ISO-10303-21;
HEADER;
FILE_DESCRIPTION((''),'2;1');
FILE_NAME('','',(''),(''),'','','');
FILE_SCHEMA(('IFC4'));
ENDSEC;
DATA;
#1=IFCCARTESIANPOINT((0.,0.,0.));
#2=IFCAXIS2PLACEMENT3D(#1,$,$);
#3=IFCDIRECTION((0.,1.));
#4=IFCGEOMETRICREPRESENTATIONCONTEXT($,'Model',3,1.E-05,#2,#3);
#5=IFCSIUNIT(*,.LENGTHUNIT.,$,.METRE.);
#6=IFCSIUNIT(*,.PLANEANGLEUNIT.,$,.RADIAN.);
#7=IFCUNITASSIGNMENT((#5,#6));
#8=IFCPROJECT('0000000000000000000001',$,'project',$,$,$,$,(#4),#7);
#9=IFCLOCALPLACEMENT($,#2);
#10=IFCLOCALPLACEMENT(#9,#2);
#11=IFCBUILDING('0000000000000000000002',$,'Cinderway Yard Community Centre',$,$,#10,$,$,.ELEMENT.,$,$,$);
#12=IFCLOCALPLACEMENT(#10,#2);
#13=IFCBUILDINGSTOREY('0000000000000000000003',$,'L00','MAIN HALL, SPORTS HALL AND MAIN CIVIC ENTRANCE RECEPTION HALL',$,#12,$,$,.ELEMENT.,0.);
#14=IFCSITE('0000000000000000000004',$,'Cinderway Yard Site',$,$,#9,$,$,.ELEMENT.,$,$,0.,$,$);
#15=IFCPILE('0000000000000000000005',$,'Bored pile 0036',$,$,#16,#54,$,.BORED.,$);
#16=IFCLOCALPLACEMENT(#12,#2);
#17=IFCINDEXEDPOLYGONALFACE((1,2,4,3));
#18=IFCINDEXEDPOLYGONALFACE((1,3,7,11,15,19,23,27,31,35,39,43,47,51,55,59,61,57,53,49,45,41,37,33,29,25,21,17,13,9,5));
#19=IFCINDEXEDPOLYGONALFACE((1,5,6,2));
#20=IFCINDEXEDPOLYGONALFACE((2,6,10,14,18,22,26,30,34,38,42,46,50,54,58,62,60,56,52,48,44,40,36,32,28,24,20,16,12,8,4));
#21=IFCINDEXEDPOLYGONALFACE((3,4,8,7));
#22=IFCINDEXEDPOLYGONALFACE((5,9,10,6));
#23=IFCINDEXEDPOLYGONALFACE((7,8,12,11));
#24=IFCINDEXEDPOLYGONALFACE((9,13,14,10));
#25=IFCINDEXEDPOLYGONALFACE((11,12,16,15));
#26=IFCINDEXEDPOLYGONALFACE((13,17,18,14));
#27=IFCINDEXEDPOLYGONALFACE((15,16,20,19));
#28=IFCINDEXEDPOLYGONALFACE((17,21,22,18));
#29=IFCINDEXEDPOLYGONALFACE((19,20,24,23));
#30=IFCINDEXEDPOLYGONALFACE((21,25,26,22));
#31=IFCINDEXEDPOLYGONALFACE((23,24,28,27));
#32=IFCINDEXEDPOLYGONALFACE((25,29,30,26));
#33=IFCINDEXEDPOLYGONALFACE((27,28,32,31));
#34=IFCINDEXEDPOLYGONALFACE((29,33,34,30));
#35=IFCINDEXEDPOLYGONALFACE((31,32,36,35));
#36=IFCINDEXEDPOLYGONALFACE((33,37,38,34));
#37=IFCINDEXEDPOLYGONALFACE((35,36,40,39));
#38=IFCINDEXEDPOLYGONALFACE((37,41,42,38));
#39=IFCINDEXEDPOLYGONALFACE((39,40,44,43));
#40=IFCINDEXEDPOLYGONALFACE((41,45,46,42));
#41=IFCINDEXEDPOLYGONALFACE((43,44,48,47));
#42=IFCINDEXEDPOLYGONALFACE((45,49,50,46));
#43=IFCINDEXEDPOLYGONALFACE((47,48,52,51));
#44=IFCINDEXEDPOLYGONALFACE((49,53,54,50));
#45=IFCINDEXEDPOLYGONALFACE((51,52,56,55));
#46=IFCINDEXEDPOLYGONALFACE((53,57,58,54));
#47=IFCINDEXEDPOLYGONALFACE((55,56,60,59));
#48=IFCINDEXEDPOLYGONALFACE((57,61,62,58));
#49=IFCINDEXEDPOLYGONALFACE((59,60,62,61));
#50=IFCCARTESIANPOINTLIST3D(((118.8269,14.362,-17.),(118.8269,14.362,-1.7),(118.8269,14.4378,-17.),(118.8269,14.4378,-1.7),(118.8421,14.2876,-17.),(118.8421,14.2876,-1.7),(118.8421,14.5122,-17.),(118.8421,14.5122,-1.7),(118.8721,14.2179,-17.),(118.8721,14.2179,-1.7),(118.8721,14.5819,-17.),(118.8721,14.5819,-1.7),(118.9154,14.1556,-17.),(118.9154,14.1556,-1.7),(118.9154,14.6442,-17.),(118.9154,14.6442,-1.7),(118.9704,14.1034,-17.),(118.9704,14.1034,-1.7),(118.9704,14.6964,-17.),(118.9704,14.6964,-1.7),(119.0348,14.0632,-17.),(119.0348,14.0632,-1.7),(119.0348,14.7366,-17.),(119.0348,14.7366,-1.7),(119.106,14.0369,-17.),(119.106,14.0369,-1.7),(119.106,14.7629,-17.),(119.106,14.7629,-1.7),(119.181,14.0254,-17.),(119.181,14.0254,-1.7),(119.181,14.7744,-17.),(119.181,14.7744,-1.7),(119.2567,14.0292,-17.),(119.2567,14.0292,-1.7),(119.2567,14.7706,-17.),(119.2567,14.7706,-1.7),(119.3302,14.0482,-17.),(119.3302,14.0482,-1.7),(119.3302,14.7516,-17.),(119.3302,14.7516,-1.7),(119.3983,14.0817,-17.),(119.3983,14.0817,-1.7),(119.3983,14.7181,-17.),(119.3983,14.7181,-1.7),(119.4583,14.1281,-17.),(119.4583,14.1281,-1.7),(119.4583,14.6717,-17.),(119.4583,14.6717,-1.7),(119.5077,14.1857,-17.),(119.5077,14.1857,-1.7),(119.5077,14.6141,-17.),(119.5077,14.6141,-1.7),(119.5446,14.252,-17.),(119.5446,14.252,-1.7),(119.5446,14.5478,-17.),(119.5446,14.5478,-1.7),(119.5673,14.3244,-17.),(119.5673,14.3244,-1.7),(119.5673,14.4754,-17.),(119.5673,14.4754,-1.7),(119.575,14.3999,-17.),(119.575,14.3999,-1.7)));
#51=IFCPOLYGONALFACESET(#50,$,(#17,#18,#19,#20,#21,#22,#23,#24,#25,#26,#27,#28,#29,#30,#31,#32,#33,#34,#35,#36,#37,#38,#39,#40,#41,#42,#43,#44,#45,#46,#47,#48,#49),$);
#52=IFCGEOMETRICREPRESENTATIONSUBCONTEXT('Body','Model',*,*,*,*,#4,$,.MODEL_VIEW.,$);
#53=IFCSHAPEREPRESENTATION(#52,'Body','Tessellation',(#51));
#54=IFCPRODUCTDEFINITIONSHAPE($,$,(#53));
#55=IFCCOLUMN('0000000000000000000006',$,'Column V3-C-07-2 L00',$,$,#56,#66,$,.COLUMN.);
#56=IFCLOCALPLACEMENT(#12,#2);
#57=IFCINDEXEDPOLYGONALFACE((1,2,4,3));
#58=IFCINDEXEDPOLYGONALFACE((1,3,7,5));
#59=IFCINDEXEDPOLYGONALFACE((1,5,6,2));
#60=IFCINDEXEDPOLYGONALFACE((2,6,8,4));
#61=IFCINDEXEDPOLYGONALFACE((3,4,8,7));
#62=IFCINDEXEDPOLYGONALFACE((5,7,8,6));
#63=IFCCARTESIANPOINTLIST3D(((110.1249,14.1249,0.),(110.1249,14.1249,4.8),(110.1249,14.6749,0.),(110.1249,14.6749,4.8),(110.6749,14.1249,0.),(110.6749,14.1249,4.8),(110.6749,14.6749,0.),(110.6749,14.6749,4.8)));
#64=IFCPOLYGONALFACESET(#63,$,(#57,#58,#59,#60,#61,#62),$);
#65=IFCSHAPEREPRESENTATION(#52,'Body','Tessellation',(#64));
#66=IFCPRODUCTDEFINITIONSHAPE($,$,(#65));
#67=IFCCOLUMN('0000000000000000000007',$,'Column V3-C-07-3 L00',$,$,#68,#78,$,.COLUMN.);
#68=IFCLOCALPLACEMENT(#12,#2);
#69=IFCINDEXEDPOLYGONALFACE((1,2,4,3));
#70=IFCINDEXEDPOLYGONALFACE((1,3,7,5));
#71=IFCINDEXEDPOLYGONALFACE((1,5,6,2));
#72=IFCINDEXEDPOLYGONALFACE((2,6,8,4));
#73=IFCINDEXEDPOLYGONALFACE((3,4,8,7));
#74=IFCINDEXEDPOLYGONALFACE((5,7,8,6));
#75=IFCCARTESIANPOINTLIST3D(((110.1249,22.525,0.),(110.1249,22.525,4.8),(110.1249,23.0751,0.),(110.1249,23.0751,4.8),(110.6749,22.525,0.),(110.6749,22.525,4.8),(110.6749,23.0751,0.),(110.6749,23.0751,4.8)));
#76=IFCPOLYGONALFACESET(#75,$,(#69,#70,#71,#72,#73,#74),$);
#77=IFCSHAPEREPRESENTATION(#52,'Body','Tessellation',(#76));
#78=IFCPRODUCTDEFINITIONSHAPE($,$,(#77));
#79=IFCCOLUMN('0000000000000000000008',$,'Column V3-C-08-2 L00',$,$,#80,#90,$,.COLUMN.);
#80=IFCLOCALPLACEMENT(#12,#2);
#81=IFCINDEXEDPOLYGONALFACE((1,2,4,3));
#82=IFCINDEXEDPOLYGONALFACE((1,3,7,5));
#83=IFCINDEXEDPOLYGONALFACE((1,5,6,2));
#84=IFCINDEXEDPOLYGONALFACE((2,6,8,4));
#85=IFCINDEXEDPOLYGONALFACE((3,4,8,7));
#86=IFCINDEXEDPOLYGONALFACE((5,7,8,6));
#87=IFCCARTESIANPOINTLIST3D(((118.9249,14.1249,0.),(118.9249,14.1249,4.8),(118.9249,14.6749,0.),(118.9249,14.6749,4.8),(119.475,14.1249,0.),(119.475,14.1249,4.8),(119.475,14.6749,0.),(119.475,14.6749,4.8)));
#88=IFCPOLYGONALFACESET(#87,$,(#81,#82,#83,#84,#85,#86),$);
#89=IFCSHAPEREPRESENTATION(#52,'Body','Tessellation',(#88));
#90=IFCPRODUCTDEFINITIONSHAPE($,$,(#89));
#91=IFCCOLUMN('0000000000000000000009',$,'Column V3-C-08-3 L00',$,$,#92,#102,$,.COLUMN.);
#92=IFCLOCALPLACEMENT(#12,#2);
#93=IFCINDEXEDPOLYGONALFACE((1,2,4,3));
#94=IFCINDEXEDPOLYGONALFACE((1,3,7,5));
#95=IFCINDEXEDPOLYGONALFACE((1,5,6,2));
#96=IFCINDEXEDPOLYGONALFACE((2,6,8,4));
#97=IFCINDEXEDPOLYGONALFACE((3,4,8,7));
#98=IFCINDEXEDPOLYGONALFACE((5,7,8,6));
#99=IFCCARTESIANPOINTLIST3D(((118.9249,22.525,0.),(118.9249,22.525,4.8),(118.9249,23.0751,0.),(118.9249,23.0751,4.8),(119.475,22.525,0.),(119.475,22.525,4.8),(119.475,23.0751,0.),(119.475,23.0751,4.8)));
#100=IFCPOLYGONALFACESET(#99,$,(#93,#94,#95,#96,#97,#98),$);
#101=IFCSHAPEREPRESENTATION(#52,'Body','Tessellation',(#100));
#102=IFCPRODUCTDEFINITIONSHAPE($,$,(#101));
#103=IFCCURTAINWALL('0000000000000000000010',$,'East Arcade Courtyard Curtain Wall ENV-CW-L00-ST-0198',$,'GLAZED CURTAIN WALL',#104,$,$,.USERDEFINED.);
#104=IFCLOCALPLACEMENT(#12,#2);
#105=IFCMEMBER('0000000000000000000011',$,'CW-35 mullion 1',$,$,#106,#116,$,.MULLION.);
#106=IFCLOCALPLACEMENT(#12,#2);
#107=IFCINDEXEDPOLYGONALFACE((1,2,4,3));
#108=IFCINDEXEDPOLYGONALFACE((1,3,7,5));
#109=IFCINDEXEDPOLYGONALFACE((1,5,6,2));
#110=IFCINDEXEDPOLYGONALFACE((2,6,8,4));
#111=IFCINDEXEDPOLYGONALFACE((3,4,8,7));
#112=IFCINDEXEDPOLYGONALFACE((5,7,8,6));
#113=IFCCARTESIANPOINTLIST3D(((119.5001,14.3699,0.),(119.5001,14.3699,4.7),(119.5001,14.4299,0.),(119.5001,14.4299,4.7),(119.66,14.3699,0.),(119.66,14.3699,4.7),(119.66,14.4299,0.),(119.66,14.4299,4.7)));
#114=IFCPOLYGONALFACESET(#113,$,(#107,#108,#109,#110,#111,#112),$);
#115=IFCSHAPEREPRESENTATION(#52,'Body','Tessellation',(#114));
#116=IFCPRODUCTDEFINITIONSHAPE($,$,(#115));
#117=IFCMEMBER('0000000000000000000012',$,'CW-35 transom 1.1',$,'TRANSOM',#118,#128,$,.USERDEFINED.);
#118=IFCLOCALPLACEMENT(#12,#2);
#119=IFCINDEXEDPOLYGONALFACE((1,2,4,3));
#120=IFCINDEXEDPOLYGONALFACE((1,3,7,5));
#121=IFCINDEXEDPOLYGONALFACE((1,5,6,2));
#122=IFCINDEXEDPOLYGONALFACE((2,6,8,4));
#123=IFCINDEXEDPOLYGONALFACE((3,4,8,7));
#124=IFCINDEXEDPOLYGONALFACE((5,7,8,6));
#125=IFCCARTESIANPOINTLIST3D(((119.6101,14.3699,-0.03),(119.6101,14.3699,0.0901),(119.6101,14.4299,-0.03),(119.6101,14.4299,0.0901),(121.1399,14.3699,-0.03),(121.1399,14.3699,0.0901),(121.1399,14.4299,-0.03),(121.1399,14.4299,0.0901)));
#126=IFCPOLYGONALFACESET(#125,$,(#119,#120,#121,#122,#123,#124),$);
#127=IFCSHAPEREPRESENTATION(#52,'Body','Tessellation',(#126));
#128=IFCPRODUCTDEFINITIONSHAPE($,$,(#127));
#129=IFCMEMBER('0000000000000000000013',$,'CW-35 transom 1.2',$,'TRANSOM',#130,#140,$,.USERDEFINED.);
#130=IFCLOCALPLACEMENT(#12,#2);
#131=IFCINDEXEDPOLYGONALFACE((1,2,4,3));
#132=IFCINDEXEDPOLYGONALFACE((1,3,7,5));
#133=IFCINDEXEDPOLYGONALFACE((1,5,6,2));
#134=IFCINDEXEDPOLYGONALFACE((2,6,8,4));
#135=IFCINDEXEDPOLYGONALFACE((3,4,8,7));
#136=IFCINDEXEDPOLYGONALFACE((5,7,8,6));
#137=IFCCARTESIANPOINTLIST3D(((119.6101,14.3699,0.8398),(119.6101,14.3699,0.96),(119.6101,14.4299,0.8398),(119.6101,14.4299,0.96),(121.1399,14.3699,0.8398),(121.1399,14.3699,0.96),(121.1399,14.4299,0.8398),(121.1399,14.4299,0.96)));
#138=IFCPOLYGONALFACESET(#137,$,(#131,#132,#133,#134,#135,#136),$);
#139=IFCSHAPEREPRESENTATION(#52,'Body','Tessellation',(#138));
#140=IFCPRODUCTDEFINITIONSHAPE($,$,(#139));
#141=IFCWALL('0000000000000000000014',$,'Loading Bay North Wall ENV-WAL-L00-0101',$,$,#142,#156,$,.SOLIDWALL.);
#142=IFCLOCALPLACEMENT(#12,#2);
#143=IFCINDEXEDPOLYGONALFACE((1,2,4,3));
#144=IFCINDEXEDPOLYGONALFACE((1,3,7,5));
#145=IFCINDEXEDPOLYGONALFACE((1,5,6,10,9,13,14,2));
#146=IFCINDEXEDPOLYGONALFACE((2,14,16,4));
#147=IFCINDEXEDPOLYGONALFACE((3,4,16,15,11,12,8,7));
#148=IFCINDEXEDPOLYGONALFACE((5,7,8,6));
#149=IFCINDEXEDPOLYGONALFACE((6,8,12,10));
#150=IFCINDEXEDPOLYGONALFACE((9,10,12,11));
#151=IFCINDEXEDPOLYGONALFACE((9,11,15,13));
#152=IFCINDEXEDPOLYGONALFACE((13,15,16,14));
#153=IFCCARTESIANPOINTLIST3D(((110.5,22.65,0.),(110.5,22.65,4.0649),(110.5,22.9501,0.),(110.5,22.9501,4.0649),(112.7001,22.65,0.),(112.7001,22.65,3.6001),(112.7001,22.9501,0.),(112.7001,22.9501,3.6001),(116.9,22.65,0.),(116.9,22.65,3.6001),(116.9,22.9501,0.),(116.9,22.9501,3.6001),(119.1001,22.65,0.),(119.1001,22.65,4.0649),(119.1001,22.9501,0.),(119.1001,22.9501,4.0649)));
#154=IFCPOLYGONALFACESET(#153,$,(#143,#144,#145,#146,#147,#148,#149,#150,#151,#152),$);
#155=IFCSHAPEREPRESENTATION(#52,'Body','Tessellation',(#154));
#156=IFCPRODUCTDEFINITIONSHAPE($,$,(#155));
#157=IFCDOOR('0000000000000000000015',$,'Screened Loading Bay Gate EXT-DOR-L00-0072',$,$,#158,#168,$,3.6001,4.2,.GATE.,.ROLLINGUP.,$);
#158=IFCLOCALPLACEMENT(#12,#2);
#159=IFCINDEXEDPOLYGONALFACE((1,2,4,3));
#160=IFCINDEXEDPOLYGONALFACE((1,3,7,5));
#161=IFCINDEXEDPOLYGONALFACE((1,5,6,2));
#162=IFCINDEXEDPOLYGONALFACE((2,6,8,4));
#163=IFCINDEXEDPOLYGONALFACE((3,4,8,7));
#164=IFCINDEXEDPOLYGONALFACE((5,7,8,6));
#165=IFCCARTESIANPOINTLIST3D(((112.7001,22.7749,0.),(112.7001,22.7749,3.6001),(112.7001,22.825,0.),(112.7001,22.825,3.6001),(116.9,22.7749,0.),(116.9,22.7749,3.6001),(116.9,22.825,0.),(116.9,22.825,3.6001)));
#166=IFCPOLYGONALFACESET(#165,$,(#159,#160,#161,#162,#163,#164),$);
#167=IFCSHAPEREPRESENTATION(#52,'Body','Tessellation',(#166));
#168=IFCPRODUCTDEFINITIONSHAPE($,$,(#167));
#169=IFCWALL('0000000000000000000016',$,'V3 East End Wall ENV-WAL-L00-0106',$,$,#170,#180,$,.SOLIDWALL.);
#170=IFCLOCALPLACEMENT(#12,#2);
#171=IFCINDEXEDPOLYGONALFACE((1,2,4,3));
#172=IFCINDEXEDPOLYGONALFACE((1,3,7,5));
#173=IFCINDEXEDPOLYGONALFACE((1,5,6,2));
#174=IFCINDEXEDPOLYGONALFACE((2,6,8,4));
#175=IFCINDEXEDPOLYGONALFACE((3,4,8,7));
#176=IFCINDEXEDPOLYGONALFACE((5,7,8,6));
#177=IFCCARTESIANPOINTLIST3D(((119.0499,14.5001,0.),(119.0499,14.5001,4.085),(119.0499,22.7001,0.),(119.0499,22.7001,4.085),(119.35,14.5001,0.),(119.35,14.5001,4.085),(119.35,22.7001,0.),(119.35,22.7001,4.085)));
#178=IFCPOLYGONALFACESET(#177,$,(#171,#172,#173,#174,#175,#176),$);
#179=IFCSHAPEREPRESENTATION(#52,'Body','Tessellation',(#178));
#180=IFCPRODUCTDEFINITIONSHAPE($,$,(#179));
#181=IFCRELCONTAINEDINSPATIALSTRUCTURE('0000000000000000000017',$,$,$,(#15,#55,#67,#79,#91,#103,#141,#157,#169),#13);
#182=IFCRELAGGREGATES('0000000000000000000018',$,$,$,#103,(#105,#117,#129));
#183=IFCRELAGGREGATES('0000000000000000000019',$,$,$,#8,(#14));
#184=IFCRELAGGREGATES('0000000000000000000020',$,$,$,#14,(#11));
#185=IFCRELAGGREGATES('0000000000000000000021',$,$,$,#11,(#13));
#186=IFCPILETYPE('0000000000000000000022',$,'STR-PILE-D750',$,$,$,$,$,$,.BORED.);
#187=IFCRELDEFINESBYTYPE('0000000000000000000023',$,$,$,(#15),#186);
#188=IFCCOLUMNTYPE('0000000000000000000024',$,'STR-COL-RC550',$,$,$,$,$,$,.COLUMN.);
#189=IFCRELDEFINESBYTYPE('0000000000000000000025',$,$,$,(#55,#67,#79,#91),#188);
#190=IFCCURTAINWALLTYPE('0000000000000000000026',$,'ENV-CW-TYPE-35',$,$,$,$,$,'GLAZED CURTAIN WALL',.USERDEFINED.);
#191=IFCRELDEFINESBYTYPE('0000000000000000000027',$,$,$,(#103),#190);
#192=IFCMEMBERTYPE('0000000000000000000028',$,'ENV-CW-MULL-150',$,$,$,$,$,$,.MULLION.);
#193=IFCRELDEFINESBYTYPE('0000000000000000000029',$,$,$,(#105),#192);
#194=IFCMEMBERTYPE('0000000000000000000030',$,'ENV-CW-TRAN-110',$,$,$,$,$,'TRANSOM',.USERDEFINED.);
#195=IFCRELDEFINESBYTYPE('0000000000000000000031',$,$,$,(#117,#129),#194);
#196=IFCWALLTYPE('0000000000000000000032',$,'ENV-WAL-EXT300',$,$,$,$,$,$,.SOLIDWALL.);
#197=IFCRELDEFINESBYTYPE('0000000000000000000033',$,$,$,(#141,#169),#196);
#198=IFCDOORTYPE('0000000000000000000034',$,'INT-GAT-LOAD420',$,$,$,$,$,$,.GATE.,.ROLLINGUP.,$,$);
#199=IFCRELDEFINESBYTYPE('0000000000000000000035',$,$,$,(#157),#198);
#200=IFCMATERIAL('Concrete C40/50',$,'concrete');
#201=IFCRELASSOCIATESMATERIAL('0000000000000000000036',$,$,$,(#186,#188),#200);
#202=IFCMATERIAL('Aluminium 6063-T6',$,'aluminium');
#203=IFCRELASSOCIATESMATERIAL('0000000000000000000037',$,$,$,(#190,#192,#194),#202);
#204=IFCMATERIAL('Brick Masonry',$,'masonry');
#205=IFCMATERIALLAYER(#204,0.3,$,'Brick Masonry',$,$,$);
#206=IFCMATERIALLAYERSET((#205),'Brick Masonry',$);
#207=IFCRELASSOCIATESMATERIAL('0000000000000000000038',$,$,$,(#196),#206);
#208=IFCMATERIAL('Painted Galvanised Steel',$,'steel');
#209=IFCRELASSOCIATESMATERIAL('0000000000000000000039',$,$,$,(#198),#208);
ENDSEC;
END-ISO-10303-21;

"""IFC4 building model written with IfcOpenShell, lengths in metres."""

from ifc_helpers import new_model, si_unit, direction, frame, frame_2d, origin, origin_2d, place, context, subcontext, project, spatial, rectangle, circle, extrude, material, layer, layer_set, material_profile, profile_set, type_object, element, fill, aggregate, save


model = new_model("IFC4")

# Units and contexts
model_context = context("Model", 3, precision=1e-05, world=origin(), true_north=direction((0.0, 1.0)))
body_context = subcontext(model_context, "Body", "Model", "MODEL_VIEW")
ifc_project = project(units=[si_unit("LENGTHUNIT", "METRE"), si_unit("PLANEANGLEUNIT", "RADIAN")], contexts=[model_context])

# Site, building, storey
site_placement = place(None, origin())
site = spatial("IfcSite", under=ifc_project, at=site_placement, Name="Cinderway Yard Site", CompositionType="ELEMENT", RefElevation=0.0)
building_placement = place(site_placement, origin())
building = spatial("IfcBuilding", under=site, at=building_placement, Name="Cinderway Yard Community Centre", CompositionType="ELEMENT")
storey_placement = place(building_placement, origin())
storey = spatial("IfcBuildingStorey", under=building, at=storey_placement, Name="L00", Description="MAIN HALL, SPORTS HALL AND MAIN CIVIC ENTRANCE RECEPTION HALL", CompositionType="ELEMENT", Elevation=0.0)

# Shared definitions
ifc_material_1 = material(Name="Concrete C40/50", Category="concrete")

# Pile
ifc_material_profile_1 = material_profile(ifc_material_1, circle(Radius=0.375, at=origin_2d()), Name="Concrete C40/50")
ifc_profile_set_1 = profile_set([ifc_material_profile_1], Name="Concrete C40/50")
pile_type_1 = type_object("IfcPileType", Name="STR-PILE-D750", PredefinedType="BORED", material=ifc_profile_set_1)
pile_1_placement = place(storey_placement, frame((119.2, 14.3999, -1.7), z_axis=(0.0, 0.0, -1.0), x_axis=(1.0, 0.0, 0.0)))
element("IfcPile", 1, at=pile_1_placement, inside=storey, type_object=pile_type_1, Name="Bored pile 0036", PredefinedType="BORED", context=body_context, shape_type="SweptSolid", body=[
    extrude(circle(Radius=0.375, at=origin_2d()), origin(), (0.0, 0.0, 1.0), 15.3),
])

# Columns
ifc_material_profile_2 = material_profile(ifc_material_1, rectangle(XDim=0.55, YDim=0.55, at=origin_2d()), Name="Concrete C40/50")
ifc_profile_set_2 = profile_set([ifc_material_profile_2], Name="Concrete C40/50")
column_type = type_object("IfcColumnType", Name="STR-COL-RC550", PredefinedType="COLUMN", material=ifc_profile_set_2)
for number, where, z_axis, x_axis, name in (
    (2, (110.3999, 14.3999, 0.0), (0.0, 0.0, 1.0), (1.0, 0.0, 0.0), "Column V3-C-07-2 L00"),
    (3, (110.3999, 22.8, 0.0), (0.0, 0.0, 1.0), (1.0, 0.0, 0.0), "Column V3-C-07-3 L00"),
    (4, (119.2, 14.3999, 0.0), (0.0, 0.0, 1.0), (1.0, 0.0, 0.0), "Column V3-C-08-2 L00"),
    (5, (119.2, 22.8, 0.0), (0.0, 0.0, 1.0), (1.0, 0.0, 0.0), "Column V3-C-08-3 L00"),
):
    element("IfcColumn", number, at=place(storey_placement, frame(where, z_axis=z_axis, x_axis=x_axis)), inside=storey, type_object=column_type, Name=name, PredefinedType="COLUMN", context=body_context, shape_type="SweptSolid", body=[
        extrude(rectangle(XDim=0.55, YDim=0.55, at=origin_2d()), origin(), (0.0, 0.0, 1.0), 4.8),
    ])

# Curtain wall, members
ifc_material_2 = material(Name="Aluminium 6063-T6", Category="aluminium")
curtain_wall_type = type_object("IfcCurtainWallType", Name="ENV-CW-TYPE-35", ElementType="GLAZED CURTAIN WALL", PredefinedType="USERDEFINED", material=ifc_material_2)
curtain_wall_placement = place(storey_placement, origin())
curtain_wall = element("IfcCurtainWall", 6, at=curtain_wall_placement, inside=storey, type_object=curtain_wall_type, Name="East Arcade Courtyard Curtain Wall ENV-CW-L00-ST-0198", ObjectType="GLAZED CURTAIN WALL", PredefinedType="USERDEFINED")
ifc_material_profile_3 = material_profile(ifc_material_2, rectangle(XDim=0.0601, YDim=0.1599, at=origin_2d()), Name="Aluminium 6063-T6")
ifc_profile_set_3 = profile_set([ifc_material_profile_3], Name="Aluminium 6063-T6")
member_type_1 = type_object("IfcMemberType", Name="ENV-CW-MULL-150", PredefinedType="MULLION", material=ifc_profile_set_3)
member_1_placement = place(storey_placement, frame((119.5801, 14.3999, 0.0), z_axis=(0.0, 0.0, 1.0), x_axis=(0.0, 1.0, 0.0)))
member_1 = element("IfcMember", 7, at=member_1_placement, type_object=member_type_1, Name="CW-35 mullion 1", PredefinedType="MULLION", context=body_context, shape_type="SweptSolid", body=[
    extrude(rectangle(XDim=0.0601, YDim=0.1599, at=origin_2d()), origin(), (0.0, 0.0, 1.0), 4.7),
])
ifc_material_profile_4 = material_profile(ifc_material_2, rectangle(XDim=0.0601, YDim=0.1201, at=origin_2d()), Name="Aluminium 6063-T6")
ifc_profile_set_4 = profile_set([ifc_material_profile_4], Name="Aluminium 6063-T6")
member_type_2 = type_object("IfcMemberType", Name="ENV-CW-TRAN-110", ElementType="TRANSOM", PredefinedType="USERDEFINED", material=ifc_profile_set_4)
member_2_placement = place(storey_placement, frame((119.6101, 14.3999, 0.03), z_axis=(1.0, 0.0, 0.0), x_axis=(0.0, 1.0, 0.0)))
member_2 = element("IfcMember", 8, at=member_2_placement, type_object=member_type_2, Name="CW-35 transom 1.1", ObjectType="TRANSOM", PredefinedType="USERDEFINED", context=body_context, shape_type="SweptSolid", body=[
    extrude(rectangle(XDim=0.0601, YDim=0.1201, at=origin_2d()), origin(), (0.0, 0.0, 1.0), 1.5298),
])
member_3_placement = place(storey_placement, frame((119.6101, 14.3999, 0.8999), z_axis=(1.0, 0.0, 0.0), x_axis=(0.0, 1.0, 0.0)))
member_3 = element("IfcMember", 9, at=member_3_placement, type_object=member_type_2, Name="CW-35 transom 1.2", ObjectType="TRANSOM", PredefinedType="USERDEFINED", context=body_context, shape_type="SweptSolid", body=[
    extrude(rectangle(XDim=0.0601, YDim=0.1201, at=origin_2d()), origin(), (0.0, 0.0, 1.0), 1.5298),
])
aggregate(curtain_wall, [member_1, member_2, member_3])

# Wall, opening, door
ifc_material_3 = material(Name="Brick Masonry", Category="masonry")
ifc_layer_1 = layer(ifc_material_3, 0.3, Name="Brick Masonry")
ifc_layer_set_1 = layer_set([ifc_layer_1], Name="Brick Masonry")
wall_type_1 = type_object("IfcWallType", Name="ENV-WAL-EXT300", PredefinedType="SOLIDWALL", material=ifc_layer_set_1)
wall_1_placement = place(storey_placement, frame((110.5, 22.8, 0.0), z_axis=(0.0, 0.0, 1.0), x_axis=(1.0, 0.0, 0.0)))
wall_1 = element("IfcWall", 10, at=wall_1_placement, inside=storey, type_object=wall_type_1, Name="Loading Bay North Wall ENV-WAL-L00-0101", PredefinedType="SOLIDWALL", context=body_context, shape_type="SweptSolid", body=[
    extrude(rectangle(XDim=8.6001, YDim=0.3, at=frame_2d((4.3, 0.0))), origin(), (0.0, 0.0, 1.0), 4.0649),
])
opening_1_placement = place(wall_1_placement, frame((2.2, 0.0, 0.0)))
opening_1 = element("IfcOpeningElement", 11, at=opening_1_placement, cuts=wall_1, PredefinedType="OPENING", context=body_context, shape_type="SweptSolid", body=[
    extrude(rectangle(XDim=4.2, YDim=3.6001, at=frame_2d((2.1001, 1.8))), frame((0.0, 0.1599, 0.0), z_axis=(0.0, -1.0, 0.0), x_axis=(1.0, 0.0, 0.0)), (0.0, 0.0, 1.0), 0.3201),
])
ifc_material_4 = material(Name="Painted Galvanised Steel", Category="steel")
door_type_1 = type_object("IfcDoorType", Name="INT-GAT-LOAD420", OperationType="ROLLINGUP", PredefinedType="GATE", material=ifc_material_4)
door_1_placement = place(opening_1_placement, origin())
door_1 = element("IfcDoor", 12, at=door_1_placement, inside=storey, type_object=door_type_1, Name="Screened Loading Bay Gate EXT-DOR-L00-0072", OperationType="ROLLINGUP", OverallHeight=3.6001, OverallWidth=4.2, PredefinedType="GATE", context=body_context, shape_type="SweptSolid", body=[
    extrude(rectangle(XDim=4.2, YDim=3.6001, at=frame_2d((2.1001, 1.8))), frame((0.0, 0.0249, 0.0), z_axis=(0.0, -1.0, 0.0), x_axis=(1.0, 0.0, 0.0)), (0.0, 0.0, 1.0), 0.05),
])
fill(opening_1, door_1)

# Wall
wall_2_placement = place(storey_placement, frame((119.2, 14.5, 0.0), z_axis=(0.0, 0.0, 1.0), x_axis=(0.0, 1.0, 0.0)))
element("IfcWall", 13, at=wall_2_placement, inside=storey, type_object=wall_type_1, Name="V3 East End Wall ENV-WAL-L00-0106", PredefinedType="SOLIDWALL", context=body_context, shape_type="SweptSolid", body=[
    extrude(rectangle(XDim=8.2, YDim=0.3, at=frame_2d((4.1001, 0.0))), origin(), (0.0, 0.0, 1.0), 4.085),
])

save(model, "model.ifc")
